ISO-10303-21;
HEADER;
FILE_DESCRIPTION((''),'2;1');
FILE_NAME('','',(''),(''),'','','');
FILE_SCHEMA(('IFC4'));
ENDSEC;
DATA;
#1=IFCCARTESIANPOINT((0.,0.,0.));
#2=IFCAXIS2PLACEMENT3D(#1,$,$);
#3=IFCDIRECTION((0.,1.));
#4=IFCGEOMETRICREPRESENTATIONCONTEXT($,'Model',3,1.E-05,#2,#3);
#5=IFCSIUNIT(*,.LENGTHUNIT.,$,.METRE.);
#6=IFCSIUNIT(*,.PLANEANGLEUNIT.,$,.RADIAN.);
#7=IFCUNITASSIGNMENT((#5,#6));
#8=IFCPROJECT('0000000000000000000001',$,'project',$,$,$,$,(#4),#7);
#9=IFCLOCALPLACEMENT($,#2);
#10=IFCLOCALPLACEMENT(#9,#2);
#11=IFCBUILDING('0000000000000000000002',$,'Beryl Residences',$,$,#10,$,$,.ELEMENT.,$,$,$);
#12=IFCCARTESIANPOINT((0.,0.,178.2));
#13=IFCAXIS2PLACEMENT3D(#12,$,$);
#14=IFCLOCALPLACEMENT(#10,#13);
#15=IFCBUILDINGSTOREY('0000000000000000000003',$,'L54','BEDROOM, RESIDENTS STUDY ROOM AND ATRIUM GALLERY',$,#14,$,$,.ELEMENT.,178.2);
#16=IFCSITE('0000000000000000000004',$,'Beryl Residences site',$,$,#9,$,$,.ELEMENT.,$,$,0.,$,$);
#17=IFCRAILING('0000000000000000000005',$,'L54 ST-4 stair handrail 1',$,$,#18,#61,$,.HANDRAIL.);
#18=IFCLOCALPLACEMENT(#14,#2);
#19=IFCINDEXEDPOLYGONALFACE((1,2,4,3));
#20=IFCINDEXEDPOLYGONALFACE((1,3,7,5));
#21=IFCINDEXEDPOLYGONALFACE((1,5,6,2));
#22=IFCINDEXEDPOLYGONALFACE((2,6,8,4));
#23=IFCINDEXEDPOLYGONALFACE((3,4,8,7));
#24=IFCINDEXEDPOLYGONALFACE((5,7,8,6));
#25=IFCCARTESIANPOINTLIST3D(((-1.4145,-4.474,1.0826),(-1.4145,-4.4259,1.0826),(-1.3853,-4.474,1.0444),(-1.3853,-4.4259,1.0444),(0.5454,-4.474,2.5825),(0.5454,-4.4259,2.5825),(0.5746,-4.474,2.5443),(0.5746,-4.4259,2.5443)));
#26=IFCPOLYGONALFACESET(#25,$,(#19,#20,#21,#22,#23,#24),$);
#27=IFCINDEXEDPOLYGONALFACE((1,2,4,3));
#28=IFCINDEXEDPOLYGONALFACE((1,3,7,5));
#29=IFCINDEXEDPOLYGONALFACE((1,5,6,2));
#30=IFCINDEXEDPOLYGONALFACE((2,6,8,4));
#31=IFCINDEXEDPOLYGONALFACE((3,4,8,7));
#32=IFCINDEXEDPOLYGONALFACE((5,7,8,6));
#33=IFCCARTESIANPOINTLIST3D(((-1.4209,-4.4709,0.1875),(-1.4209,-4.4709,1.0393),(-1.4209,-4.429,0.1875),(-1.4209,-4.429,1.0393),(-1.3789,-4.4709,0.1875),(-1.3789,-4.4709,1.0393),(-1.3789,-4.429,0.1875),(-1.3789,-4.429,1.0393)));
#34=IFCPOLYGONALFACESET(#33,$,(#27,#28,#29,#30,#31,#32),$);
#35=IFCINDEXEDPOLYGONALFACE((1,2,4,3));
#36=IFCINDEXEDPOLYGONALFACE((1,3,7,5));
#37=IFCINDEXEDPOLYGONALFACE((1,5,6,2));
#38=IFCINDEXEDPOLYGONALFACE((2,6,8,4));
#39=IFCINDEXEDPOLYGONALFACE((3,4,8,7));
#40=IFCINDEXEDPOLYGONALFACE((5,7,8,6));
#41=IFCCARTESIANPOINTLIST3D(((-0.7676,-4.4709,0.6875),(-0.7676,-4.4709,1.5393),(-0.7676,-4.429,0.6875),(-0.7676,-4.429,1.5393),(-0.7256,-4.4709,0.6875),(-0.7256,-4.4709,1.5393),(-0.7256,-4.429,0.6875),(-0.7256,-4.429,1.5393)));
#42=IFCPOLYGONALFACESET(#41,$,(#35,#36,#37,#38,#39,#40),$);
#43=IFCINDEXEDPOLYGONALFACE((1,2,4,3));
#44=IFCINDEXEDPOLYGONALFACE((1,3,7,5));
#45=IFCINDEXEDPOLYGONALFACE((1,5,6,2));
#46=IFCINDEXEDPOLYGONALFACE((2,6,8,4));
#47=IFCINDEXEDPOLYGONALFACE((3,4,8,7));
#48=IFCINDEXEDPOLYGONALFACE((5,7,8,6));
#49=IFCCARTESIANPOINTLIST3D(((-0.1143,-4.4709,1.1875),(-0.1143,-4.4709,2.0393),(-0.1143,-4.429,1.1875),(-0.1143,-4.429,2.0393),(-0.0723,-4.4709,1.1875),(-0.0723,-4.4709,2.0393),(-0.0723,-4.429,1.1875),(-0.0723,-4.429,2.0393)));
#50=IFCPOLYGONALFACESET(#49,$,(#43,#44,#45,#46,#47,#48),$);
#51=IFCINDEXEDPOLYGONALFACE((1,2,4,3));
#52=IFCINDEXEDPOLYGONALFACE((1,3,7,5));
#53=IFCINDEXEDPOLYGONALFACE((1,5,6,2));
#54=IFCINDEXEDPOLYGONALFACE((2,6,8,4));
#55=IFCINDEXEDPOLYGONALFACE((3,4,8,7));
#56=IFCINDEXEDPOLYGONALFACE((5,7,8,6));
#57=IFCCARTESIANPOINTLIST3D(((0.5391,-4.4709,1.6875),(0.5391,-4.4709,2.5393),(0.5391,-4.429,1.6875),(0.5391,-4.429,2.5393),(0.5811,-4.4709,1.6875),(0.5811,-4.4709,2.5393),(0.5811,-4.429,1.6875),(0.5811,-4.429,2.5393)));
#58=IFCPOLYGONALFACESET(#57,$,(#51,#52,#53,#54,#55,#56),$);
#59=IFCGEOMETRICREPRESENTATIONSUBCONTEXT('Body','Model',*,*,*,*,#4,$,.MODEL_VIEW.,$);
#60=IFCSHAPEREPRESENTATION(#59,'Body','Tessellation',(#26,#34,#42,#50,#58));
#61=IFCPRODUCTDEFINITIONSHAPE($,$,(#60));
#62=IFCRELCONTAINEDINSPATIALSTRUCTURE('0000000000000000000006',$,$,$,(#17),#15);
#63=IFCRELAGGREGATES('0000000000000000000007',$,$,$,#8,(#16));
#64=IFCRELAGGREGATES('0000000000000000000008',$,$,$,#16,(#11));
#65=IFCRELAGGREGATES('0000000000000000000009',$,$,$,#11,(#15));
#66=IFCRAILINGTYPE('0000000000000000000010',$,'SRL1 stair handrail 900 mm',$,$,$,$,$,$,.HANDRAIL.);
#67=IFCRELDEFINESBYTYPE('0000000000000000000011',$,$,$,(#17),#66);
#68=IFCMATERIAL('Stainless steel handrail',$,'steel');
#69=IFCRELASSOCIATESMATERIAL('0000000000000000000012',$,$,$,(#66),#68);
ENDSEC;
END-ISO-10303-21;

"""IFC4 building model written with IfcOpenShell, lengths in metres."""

from ifc_helpers import new_model, si_unit, direction, frame, origin, origin_2d, place, context, subcontext, project, spatial, rectangle, extrude, material, type_object, element, save


model = new_model("IFC4")

# Units and contexts
model_context = context("Model", 3, precision=1e-05, world=origin(), true_north=direction((0.0, 1.0)))
body_context = subcontext(model_context, "Body", "Model", "MODEL_VIEW")
ifc_project = project(units=[si_unit("LENGTHUNIT", "METRE"), si_unit("PLANEANGLEUNIT", "RADIAN")], contexts=[model_context])

# Site, building, storey
site_placement = place(None, origin())
site = spatial("IfcSite", under=ifc_project, at=site_placement, Name="Beryl Residences site", CompositionType="ELEMENT", RefElevation=0.0)
building_placement = place(site_placement, origin())
building = spatial("IfcBuilding", under=site, at=building_placement, Name="Beryl Residences", CompositionType="ELEMENT")
storey_placement = place(building_placement, frame((0.0, 0.0, 178.2)))
storey = spatial("IfcBuildingStorey", under=building, at=storey_placement, Name="L54", Description="BEDROOM, RESIDENTS STUDY ROOM AND ATRIUM GALLERY", CompositionType="ELEMENT", Elevation=178.2)

# Railing
ifc_material_1 = material(Name="Stainless steel handrail", Category="steel")
railing_type_1 = type_object("IfcRailingType", Name="SRL1 stair handrail 900 mm", PredefinedType="HANDRAIL", material=ifc_material_1)
railing_1_placement = place(storey_placement, frame((-1.3999, -4.45, 0.1875)))
element("IfcRailing", 1, at=railing_1_placement, inside=storey, type_object=railing_type_1, Name="L54 ST-4 stair handrail 1", PredefinedType="HANDRAIL", context=body_context, shape_type="SweptSolid", body=[
    extrude(rectangle(XDim=0.0481, YDim=0.0481, at=origin_2d()), frame((0.0, 0.0, 0.876), z_axis=(0.794122, 0.0, 0.607758), x_axis=(0.0, 1.0, 0.0)), (0.0, 0.0, 1.0), 2.468),
    extrude(rectangle(XDim=0.042, YDim=0.042, at=origin_2d()), origin(), (0.0, 0.0, 1.0), 0.8518),
    extrude(rectangle(XDim=0.042, YDim=0.042, at=origin_2d()), frame((0.6533, 0.0, 0.5)), (0.0, 0.0, 1.0), 0.8518),
    extrude(rectangle(XDim=0.042, YDim=0.042, at=origin_2d()), frame((1.3066, 0.0, 1.0)), (0.0, 0.0, 1.0), 0.8518),
    extrude(rectangle(XDim=0.042, YDim=0.042, at=origin_2d()), frame((1.96, 0.0, 1.5)), (0.0, 0.0, 1.0), 0.8518),
])

save(model, "model.ifc")
